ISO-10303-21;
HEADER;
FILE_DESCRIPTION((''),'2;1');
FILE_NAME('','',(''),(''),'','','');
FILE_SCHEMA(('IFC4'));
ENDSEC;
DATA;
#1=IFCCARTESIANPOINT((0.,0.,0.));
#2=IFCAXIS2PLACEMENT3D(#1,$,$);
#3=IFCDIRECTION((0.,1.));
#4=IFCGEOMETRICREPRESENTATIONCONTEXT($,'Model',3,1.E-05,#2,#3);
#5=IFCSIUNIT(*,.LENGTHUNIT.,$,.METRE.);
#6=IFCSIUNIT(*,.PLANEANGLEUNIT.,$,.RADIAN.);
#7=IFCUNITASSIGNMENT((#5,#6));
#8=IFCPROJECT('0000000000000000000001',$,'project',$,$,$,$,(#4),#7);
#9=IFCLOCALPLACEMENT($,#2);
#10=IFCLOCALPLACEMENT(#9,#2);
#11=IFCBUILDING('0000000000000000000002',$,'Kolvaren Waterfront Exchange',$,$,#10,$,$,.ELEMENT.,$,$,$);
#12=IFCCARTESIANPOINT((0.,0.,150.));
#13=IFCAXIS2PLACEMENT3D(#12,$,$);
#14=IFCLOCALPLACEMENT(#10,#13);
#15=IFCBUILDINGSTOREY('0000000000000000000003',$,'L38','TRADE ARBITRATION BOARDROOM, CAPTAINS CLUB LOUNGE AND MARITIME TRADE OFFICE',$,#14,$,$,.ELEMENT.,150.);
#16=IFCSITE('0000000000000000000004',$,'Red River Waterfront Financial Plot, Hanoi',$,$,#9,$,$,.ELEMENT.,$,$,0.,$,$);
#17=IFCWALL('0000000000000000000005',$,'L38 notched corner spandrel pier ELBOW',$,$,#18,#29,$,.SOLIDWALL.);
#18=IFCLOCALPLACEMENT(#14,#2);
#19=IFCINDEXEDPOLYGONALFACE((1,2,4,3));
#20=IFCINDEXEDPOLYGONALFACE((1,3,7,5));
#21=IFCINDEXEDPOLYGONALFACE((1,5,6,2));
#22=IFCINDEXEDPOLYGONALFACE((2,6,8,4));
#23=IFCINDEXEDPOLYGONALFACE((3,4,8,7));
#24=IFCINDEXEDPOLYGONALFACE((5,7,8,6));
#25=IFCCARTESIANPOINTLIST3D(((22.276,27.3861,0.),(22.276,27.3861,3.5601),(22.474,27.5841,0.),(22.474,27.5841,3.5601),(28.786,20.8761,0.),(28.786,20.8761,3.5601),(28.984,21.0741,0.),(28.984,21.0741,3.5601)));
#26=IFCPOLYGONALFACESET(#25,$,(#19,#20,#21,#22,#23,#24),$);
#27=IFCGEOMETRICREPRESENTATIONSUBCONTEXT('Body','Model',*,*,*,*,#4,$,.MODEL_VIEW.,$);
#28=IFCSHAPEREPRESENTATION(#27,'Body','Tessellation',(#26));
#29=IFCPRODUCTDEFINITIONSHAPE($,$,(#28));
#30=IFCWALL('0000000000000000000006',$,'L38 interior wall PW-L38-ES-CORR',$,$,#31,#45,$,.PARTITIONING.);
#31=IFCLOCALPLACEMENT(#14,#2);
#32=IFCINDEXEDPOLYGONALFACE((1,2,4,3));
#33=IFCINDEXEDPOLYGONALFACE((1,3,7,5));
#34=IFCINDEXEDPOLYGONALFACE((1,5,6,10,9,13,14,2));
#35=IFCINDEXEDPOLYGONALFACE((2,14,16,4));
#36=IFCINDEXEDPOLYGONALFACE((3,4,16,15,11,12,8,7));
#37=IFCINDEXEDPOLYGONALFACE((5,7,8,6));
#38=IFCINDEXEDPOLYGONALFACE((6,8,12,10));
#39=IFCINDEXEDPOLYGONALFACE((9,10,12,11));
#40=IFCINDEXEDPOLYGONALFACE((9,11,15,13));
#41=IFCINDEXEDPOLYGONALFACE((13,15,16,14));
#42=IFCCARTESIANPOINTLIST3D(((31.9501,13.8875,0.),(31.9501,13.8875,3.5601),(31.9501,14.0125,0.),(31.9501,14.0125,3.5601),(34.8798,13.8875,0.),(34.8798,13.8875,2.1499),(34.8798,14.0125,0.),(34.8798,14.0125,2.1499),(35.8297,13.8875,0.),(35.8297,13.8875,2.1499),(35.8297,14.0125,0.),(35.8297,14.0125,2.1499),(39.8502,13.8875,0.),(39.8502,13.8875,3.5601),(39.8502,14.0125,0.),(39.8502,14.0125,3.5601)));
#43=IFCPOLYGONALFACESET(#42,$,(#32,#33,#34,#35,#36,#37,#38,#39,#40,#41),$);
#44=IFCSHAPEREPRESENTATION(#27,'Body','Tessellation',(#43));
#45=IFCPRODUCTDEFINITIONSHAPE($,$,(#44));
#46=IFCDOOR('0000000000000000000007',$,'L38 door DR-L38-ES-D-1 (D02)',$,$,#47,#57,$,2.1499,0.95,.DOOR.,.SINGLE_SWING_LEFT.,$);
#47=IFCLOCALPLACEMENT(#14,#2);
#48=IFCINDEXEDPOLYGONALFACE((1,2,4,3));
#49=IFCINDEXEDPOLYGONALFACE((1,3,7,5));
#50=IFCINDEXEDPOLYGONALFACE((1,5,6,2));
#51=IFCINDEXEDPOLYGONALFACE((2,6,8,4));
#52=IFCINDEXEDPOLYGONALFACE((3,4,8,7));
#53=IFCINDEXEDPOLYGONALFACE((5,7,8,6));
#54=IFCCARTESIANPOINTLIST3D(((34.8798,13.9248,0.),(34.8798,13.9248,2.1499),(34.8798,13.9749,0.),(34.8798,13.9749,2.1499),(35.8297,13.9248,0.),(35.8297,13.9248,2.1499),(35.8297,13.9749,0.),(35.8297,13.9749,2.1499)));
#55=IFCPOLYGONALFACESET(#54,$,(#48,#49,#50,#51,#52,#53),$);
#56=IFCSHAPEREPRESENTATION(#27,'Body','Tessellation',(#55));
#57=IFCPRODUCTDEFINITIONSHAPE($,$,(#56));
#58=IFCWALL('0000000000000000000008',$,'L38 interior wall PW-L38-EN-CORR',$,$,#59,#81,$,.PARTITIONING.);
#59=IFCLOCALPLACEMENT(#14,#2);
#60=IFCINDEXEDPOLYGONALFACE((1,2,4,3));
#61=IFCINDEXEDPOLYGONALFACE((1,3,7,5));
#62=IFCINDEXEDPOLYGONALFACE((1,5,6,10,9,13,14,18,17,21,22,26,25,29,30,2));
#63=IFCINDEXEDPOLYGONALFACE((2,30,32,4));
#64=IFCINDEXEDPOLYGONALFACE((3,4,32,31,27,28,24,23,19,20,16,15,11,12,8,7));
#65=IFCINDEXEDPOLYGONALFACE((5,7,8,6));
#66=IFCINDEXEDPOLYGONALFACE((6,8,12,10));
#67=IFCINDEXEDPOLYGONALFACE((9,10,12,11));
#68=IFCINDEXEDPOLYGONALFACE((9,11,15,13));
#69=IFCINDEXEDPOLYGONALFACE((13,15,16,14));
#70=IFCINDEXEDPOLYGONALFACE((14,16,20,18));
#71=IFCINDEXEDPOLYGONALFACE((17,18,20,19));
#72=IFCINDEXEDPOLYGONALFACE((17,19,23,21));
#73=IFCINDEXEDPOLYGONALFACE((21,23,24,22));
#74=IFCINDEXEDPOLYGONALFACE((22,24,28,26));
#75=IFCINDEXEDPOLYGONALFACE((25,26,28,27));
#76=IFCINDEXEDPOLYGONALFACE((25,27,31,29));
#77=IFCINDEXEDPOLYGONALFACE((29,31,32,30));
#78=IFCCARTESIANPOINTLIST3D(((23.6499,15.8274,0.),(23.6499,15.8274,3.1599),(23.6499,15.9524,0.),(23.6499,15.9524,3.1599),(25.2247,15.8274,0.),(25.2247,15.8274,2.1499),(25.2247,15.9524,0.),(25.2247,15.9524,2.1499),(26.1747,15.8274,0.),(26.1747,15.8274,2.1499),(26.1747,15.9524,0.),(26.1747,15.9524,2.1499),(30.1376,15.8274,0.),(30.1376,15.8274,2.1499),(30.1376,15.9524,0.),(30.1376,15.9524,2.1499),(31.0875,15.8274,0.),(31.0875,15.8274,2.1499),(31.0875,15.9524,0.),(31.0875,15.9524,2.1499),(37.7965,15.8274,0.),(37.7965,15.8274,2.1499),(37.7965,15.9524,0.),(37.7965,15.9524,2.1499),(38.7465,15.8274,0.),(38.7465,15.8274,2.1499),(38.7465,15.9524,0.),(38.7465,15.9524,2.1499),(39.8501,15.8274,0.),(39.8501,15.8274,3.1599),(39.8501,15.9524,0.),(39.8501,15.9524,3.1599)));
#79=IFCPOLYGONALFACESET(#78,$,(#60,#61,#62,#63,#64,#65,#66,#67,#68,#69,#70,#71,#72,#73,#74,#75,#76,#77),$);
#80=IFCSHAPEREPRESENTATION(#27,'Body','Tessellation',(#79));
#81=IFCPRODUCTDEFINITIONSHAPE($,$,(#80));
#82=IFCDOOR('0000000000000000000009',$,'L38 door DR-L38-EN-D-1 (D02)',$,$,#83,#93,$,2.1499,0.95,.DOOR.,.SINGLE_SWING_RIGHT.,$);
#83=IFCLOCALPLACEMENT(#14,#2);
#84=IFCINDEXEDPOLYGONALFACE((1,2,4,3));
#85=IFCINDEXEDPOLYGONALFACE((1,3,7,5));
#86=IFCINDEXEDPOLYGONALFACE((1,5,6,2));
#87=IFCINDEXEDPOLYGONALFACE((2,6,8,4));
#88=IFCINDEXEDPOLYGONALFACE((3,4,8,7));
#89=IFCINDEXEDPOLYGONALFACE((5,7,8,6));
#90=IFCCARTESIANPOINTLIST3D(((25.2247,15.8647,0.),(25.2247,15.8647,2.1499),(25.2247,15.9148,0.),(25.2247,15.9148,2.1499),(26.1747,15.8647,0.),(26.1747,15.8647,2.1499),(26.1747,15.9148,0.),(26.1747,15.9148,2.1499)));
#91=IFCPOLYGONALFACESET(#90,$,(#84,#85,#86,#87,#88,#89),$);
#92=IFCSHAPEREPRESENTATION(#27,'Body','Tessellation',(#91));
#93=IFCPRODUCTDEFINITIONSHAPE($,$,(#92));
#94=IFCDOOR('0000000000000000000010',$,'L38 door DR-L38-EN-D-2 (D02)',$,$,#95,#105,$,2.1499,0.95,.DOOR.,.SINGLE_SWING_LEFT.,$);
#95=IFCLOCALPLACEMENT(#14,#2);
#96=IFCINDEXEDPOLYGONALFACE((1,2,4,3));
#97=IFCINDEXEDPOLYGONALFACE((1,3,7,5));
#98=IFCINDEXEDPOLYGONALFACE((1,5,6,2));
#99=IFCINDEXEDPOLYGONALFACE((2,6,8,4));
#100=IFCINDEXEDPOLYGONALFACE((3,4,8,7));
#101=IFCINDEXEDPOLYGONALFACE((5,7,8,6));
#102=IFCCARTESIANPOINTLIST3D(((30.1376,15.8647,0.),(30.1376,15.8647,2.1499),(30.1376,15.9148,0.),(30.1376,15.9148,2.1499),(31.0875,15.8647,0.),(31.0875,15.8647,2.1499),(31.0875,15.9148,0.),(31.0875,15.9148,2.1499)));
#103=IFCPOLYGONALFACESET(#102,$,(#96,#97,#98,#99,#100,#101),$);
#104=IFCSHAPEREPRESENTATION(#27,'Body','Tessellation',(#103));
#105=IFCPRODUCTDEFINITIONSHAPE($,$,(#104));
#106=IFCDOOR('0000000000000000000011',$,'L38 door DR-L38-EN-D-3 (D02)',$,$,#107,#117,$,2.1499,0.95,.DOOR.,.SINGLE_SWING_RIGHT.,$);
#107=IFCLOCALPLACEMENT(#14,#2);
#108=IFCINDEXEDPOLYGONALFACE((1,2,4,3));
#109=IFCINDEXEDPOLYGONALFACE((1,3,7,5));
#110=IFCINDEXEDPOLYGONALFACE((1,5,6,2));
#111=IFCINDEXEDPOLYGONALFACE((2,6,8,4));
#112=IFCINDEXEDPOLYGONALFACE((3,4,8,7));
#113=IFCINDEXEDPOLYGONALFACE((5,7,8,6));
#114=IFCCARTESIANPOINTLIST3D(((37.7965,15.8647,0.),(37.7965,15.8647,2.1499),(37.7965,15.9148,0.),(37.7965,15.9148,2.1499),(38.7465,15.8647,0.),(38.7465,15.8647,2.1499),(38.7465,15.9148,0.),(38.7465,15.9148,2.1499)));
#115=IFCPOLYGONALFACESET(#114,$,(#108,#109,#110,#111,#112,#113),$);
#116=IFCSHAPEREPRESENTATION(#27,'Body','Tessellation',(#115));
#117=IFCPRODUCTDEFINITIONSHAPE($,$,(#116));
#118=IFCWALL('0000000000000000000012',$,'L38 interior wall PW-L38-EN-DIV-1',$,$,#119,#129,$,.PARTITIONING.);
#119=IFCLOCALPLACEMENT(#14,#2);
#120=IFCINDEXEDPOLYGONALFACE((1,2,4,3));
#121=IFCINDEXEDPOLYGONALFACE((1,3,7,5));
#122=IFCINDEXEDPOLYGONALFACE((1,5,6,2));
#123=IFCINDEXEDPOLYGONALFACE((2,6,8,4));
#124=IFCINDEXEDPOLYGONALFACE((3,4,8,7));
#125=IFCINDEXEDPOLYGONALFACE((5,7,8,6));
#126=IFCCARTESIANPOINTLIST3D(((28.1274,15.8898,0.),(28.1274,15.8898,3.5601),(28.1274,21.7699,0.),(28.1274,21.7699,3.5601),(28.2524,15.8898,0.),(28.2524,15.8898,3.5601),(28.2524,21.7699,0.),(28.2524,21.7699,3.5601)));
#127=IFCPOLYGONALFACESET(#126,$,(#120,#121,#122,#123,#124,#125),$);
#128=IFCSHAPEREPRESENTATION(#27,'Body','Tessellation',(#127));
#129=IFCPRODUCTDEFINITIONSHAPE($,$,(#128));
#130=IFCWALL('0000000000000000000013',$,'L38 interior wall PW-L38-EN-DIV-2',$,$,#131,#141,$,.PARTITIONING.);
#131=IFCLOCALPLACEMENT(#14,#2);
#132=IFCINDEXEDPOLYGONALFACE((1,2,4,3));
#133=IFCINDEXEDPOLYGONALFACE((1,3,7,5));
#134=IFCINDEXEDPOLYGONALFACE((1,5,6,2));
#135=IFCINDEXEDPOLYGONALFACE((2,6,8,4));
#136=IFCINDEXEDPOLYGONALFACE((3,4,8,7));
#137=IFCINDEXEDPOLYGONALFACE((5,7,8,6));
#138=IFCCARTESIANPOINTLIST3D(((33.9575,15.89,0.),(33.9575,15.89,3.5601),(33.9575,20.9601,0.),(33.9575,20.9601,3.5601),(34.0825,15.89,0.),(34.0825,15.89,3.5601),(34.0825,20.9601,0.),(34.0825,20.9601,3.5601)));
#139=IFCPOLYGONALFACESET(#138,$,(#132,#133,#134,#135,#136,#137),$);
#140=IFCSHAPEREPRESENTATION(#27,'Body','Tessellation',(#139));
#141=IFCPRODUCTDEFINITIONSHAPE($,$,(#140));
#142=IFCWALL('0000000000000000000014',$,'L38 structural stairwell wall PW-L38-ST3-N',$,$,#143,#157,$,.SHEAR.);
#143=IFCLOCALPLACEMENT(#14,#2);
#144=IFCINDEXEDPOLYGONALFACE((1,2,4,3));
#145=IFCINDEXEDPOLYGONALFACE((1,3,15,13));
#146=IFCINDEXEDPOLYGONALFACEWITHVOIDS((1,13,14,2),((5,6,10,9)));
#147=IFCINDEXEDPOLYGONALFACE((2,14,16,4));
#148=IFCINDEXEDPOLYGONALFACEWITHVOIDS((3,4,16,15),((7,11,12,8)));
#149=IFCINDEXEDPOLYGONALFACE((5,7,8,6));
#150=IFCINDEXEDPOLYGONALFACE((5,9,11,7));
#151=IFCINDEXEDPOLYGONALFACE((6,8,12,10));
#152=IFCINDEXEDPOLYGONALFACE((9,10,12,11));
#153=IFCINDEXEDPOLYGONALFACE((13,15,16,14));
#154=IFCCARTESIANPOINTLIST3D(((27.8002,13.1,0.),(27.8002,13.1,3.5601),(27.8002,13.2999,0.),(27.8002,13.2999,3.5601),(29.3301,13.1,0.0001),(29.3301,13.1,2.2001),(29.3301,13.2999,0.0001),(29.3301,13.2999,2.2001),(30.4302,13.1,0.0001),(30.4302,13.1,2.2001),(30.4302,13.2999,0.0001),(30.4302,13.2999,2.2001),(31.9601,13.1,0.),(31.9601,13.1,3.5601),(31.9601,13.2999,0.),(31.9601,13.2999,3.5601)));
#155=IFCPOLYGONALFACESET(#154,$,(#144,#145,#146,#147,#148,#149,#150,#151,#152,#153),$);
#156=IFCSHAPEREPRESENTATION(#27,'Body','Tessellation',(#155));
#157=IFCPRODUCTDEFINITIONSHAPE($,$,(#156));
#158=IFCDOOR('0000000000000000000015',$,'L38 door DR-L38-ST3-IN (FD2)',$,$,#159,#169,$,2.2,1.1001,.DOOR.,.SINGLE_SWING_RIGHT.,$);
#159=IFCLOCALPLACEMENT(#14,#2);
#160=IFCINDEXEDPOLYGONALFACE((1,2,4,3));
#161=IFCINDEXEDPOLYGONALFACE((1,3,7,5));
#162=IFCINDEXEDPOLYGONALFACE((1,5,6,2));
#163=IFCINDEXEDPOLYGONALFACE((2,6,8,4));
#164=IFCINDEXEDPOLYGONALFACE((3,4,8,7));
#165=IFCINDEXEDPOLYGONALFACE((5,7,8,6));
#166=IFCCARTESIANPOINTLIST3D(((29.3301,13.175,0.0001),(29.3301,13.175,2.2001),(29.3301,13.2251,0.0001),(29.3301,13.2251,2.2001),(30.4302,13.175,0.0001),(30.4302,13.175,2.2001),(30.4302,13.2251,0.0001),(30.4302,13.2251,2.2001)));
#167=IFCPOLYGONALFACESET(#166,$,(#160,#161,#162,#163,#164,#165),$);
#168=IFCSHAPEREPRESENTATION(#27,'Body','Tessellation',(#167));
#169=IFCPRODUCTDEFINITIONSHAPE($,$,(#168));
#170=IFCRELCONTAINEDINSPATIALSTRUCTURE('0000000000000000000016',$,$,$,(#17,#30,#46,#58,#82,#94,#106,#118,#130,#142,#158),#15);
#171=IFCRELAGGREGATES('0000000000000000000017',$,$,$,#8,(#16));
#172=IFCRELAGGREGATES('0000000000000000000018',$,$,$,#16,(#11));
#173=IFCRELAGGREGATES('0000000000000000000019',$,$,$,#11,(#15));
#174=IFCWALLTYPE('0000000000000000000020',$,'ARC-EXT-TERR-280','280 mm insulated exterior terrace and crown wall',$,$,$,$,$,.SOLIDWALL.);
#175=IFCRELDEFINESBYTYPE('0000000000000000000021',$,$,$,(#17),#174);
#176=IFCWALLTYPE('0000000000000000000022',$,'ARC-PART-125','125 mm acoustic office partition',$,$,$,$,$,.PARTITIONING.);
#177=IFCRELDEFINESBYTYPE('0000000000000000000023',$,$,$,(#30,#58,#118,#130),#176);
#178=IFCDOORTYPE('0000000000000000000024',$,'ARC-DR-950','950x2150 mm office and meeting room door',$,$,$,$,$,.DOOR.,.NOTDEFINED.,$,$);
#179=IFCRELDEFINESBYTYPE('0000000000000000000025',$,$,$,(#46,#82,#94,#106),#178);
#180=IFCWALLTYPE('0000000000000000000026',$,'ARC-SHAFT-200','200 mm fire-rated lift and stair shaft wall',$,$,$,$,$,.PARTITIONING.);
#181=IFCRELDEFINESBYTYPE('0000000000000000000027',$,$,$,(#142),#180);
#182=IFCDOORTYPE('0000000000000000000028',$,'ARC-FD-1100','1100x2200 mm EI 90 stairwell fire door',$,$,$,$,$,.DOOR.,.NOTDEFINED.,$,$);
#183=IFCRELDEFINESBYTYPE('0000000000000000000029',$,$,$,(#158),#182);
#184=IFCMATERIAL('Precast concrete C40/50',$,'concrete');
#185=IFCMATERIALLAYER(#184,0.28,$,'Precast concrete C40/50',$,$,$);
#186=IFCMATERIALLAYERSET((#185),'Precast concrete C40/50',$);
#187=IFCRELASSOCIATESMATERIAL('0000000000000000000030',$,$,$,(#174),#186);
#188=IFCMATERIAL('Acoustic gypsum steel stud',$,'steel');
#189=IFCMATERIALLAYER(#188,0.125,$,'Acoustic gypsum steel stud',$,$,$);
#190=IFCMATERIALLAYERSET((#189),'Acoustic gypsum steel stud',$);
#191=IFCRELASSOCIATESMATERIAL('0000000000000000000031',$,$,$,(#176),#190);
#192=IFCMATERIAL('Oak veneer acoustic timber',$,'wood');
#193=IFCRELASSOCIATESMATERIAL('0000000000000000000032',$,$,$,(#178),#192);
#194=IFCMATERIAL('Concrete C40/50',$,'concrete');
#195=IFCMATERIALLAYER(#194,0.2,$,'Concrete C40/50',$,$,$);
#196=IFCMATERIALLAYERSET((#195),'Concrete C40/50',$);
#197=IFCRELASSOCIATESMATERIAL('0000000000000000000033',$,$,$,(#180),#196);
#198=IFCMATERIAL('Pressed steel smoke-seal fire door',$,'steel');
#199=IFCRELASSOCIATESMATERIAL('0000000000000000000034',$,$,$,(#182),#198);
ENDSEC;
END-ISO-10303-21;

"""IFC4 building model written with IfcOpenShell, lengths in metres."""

from ifc_helpers import new_model, si_unit, direction, frame, frame_2d, origin, place, context, subcontext, project, spatial, rectangle, extrude, material, layer, layer_set, type_object, element, fill, save


model = new_model("IFC4")

# Units and contexts
model_context = context("Model", 3, precision=1e-05, world=origin(), true_north=direction((0.0, 1.0)))
body_context = subcontext(model_context, "Body", "Model", "MODEL_VIEW")
ifc_project = project(units=[si_unit("LENGTHUNIT", "METRE"), si_unit("PLANEANGLEUNIT", "RADIAN")], contexts=[model_context])

# Site, building, storey
site_placement = place(None, origin())
site = spatial("IfcSite", under=ifc_project, at=site_placement, Name="Red River Waterfront Financial Plot, Hanoi", CompositionType="ELEMENT", RefElevation=0.0)
building_placement = place(site_placement, origin())
building = spatial("IfcBuilding", under=site, at=building_placement, Name="Kolvaren Waterfront Exchange", CompositionType="ELEMENT")
storey_placement = place(building_placement, frame((0.0, 0.0, 150.0)))
storey = spatial("IfcBuildingStorey", under=building, at=storey_placement, Name="L38", Description="TRADE ARBITRATION BOARDROOM, CAPTAINS CLUB LOUNGE AND MARITIME TRADE OFFICE", CompositionType="ELEMENT", Elevation=150.0)

# Wall
ifc_material_1 = material(Name="Precast concrete C40/50", Category="concrete")
ifc_layer_1 = layer(ifc_material_1, 0.28, Name="Precast concrete C40/50")
ifc_layer_set_1 = layer_set([ifc_layer_1], Name="Precast concrete C40/50")
wall_type_1 = type_object("IfcWallType", Name="ARC-EXT-TERR-280", Description="280 mm insulated exterior terrace and crown wall", PredefinedType="SOLIDWALL", material=ifc_layer_set_1)
wall_1_placement = place(storey_placement, frame((28.885, 20.9751, 0.0), z_axis=(0.0, 0.0, 1.0), x_axis=(-0.707107, 0.707107, 0.0)))
element("IfcWall", 1, at=wall_1_placement, inside=storey, type_object=wall_type_1, Name="L38 notched corner spandrel pier ELBOW", PredefinedType="SOLIDWALL", context=body_context, shape_type="SweptSolid", body=[
    extrude(rectangle(XDim=9.2065, YDim=0.28, at=frame_2d((4.6033, 0.0))), origin(), (0.0, 0.0, 1.0), 3.5601),
])

# Wall, opening, door
ifc_material_2 = material(Name="Acoustic gypsum steel stud", Category="steel")
ifc_layer_2 = layer(ifc_material_2, 0.125, Name="Acoustic gypsum steel stud")
ifc_layer_set_2 = layer_set([ifc_layer_2], Name="Acoustic gypsum steel stud")
wall_type_2 = type_object("IfcWallType", Name="ARC-PART-125", Description="125 mm acoustic office partition", PredefinedType="PARTITIONING", material=ifc_layer_set_2)
wall_2_placement = place(storey_placement, frame((31.95, 13.95, 0.0), z_axis=(0.0, 0.0, 1.0), x_axis=(1.0, 0.0, 0.0)))
wall_2 = element("IfcWall", 2, at=wall_2_placement, inside=storey, type_object=wall_type_2, Name="L38 interior wall PW-L38-ES-CORR", PredefinedType="PARTITIONING", context=body_context, shape_type="SweptSolid", body=[
    extrude(rectangle(XDim=7.9001, YDim=0.125, at=frame_2d((3.9502, 0.0))), origin(), (0.0, 0.0, 1.0), 3.5601),
])
opening_1_placement = place(wall_2_placement, frame((2.9297, 0.0, 0.0)))
opening_1 = element("IfcOpeningElement", 3, at=opening_1_placement, cuts=wall_2, PredefinedType="OPENING", context=body_context, shape_type="SweptSolid", body=[
    extrude(rectangle(XDim=0.95, YDim=2.1499, at=frame_2d((0.4751, 1.075))), frame((0.0, 0.0725, 0.0), z_axis=(0.0, -1.0, 0.0), x_axis=(1.0, 0.0, 0.0)), (0.0, 0.0, 1.0), 0.145),
])
ifc_material_3 = material(Name="Oak veneer acoustic timber", Category="wood")
door_type_1 = type_object("IfcDoorType", Name="ARC-DR-950", Description="950x2150 mm office and meeting room door", OperationType="NOTDEFINED", PredefinedType="DOOR", material=ifc_material_3)
door_1_placement = place(opening_1_placement, origin())
door_1 = element("IfcDoor", 4, at=door_1_placement, inside=storey, type_object=door_type_1, Name="L38 door DR-L38-ES-D-1 (D02)", OperationType="SINGLE_SWING_LEFT", OverallHeight=2.1499, OverallWidth=0.95, PredefinedType="DOOR", context=body_context, shape_type="SweptSolid", body=[
    extrude(rectangle(XDim=0.95, YDim=2.1499, at=frame_2d((0.4751, 1.075))), frame((0.0, 0.0249, 0.0), z_axis=(0.0, -1.0, 0.0), x_axis=(1.0, 0.0, 0.0)), (0.0, 0.0, 1.0), 0.05),
])
fill(opening_1, door_1)

# Wall, openings, doors
wall_3_placement = place(storey_placement, frame((23.6499, 15.8899, 0.0), z_axis=(0.0, 0.0, 1.0), x_axis=(1.0, 0.0, 0.0)))
wall_3 = element("IfcWall", 5, at=wall_3_placement, inside=storey, type_object=wall_type_2, Name="L38 interior wall PW-L38-EN-CORR", PredefinedType="PARTITIONING", context=body_context, shape_type="SweptSolid", body=[
    extrude(rectangle(XDim=16.2002, YDim=0.125, at=frame_2d((8.1001, 0.0))), origin(), (0.0, 0.0, 1.0), 3.1599),
])
opening_2_placement = place(wall_3_placement, frame((1.5747, 0.0, 0.0)))
opening_2 = element("IfcOpeningElement", 6, at=opening_2_placement, cuts=wall_3, PredefinedType="OPENING", context=body_context, shape_type="SweptSolid", body=[
    extrude(rectangle(XDim=0.95, YDim=2.1499, at=frame_2d((0.4751, 1.075))), frame((0.0, 0.0725, 0.0), z_axis=(0.0, -1.0, 0.0), x_axis=(1.0, 0.0, 0.0)), (0.0, 0.0, 1.0), 0.145),
])
opening_3_placement = place(wall_3_placement, frame((6.4875, 0.0, 0.0)))
opening_3 = element("IfcOpeningElement", 7, at=opening_3_placement, cuts=wall_3, PredefinedType="OPENING", context=body_context, shape_type="SweptSolid", body=[
    extrude(rectangle(XDim=0.95, YDim=2.1499, at=frame_2d((0.4751, 1.075))), frame((0.0, 0.0725, 0.0), z_axis=(0.0, -1.0, 0.0), x_axis=(1.0, 0.0, 0.0)), (0.0, 0.0, 1.0), 0.145),
])
opening_4_placement = place(wall_3_placement, frame((14.1465, 0.0, 0.0)))
opening_4 = element("IfcOpeningElement", 8, at=opening_4_placement, cuts=wall_3, PredefinedType="OPENING", context=body_context, shape_type="SweptSolid", body=[
    extrude(rectangle(XDim=0.95, YDim=2.1499, at=frame_2d((0.4751, 1.075))), frame((0.0, 0.0725, 0.0), z_axis=(0.0, -1.0, 0.0), x_axis=(1.0, 0.0, 0.0)), (0.0, 0.0, 1.0), 0.145),
])
door_2_placement = place(opening_2_placement, origin())
door_2 = element("IfcDoor", 9, at=door_2_placement, inside=storey, type_object=door_type_1, Name="L38 door DR-L38-EN-D-1 (D02)", OperationType="SINGLE_SWING_RIGHT", OverallHeight=2.1499, OverallWidth=0.95, PredefinedType="DOOR", context=body_context, shape_type="SweptSolid", body=[
    extrude(rectangle(XDim=0.95, YDim=2.1499, at=frame_2d((0.4751, 1.075))), frame((0.0, 0.0249, 0.0), z_axis=(0.0, -1.0, 0.0), x_axis=(1.0, 0.0, 0.0)), (0.0, 0.0, 1.0), 0.05),
])
fill(opening_2, door_2)
door_3_placement = place(opening_3_placement, origin())
door_3 = element("IfcDoor", 10, at=door_3_placement, inside=storey, type_object=door_type_1, Name="L38 door DR-L38-EN-D-2 (D02)", OperationType="SINGLE_SWING_LEFT", OverallHeight=2.1499, OverallWidth=0.95, PredefinedType="DOOR", context=body_context, shape_type="SweptSolid", body=[
    extrude(rectangle(XDim=0.95, YDim=2.1499, at=frame_2d((0.4751, 1.075))), frame((0.0, 0.0249, 0.0), z_axis=(0.0, -1.0, 0.0), x_axis=(1.0, 0.0, 0.0)), (0.0, 0.0, 1.0), 0.05),
])
fill(opening_3, door_3)
door_4_placement = place(opening_4_placement, origin())
door_4 = element("IfcDoor", 11, at=door_4_placement, inside=storey, type_object=door_type_1, Name="L38 door DR-L38-EN-D-3 (D02)", OperationType="SINGLE_SWING_RIGHT", OverallHeight=2.1499, OverallWidth=0.95, PredefinedType="DOOR", context=body_context, shape_type="SweptSolid", body=[
    extrude(rectangle(XDim=0.95, YDim=2.1499, at=frame_2d((0.4751, 1.075))), frame((0.0, 0.0249, 0.0), z_axis=(0.0, -1.0, 0.0), x_axis=(1.0, 0.0, 0.0)), (0.0, 0.0, 1.0), 0.05),
])
fill(opening_4, door_4)

# Walls
wall_4_placement = place(storey_placement, frame((28.1899, 15.8899, 0.0), z_axis=(0.0, 0.0, 1.0), x_axis=(0.0, 1.0, 0.0)))
element("IfcWall", 12, at=wall_4_placement, inside=storey, type_object=wall_type_2, Name="L38 interior wall PW-L38-EN-DIV-1", PredefinedType="PARTITIONING", context=body_context, shape_type="SweptSolid", body=[
    extrude(rectangle(XDim=5.8801, YDim=0.125, at=frame_2d((2.9399, 0.0))), origin(), (0.0, 0.0, 1.0), 3.5601),
])
wall_5_placement = place(storey_placement, frame((34.02, 15.8899, 0.0), z_axis=(0.0, 0.0, 1.0), x_axis=(0.0, 1.0, 0.0)))
element("IfcWall", 13, at=wall_5_placement, inside=storey, type_object=wall_type_2, Name="L38 interior wall PW-L38-EN-DIV-2", PredefinedType="PARTITIONING", context=body_context, shape_type="SweptSolid", body=[
    extrude(rectangle(XDim=5.0701, YDim=0.125, at=frame_2d((2.5352, 0.0))), origin(), (0.0, 0.0, 1.0), 3.5601),
])

# Wall, opening, door
ifc_material_4 = material(Name="Concrete C40/50", Category="concrete")
ifc_layer_3 = layer(ifc_material_4, 0.2, Name="Concrete C40/50")
ifc_layer_set_3 = layer_set([ifc_layer_3], Name="Concrete C40/50")
wall_type_3 = type_object("IfcWallType", Name="ARC-SHAFT-200", Description="200 mm fire-rated lift and stair shaft wall", PredefinedType="PARTITIONING", material=ifc_layer_set_3)
wall_6_placement = place(storey_placement, frame((27.8, 13.2, 0.0), z_axis=(0.0, 0.0, 1.0), x_axis=(1.0, 0.0, 0.0)))
wall_6 = element("IfcWall", 14, at=wall_6_placement, inside=storey, type_object=wall_type_3, Name="L38 structural stairwell wall PW-L38-ST3-N", PredefinedType="SHEAR", context=body_context, shape_type="SweptSolid", body=[
    extrude(rectangle(XDim=4.1599, YDim=0.2, at=frame_2d((2.0801, 0.0))), origin(), (0.0, 0.0, 1.0), 3.5601),
])
opening_5_placement = place(wall_6_placement, frame((1.53, 0.0, 0.0)))
opening_5 = element("IfcOpeningElement", 15, at=opening_5_placement, cuts=wall_6, PredefinedType="OPENING", context=body_context, shape_type="SweptSolid", body=[
    extrude(rectangle(XDim=1.1001, YDim=2.2, at=frame_2d((0.55, 1.1001))), frame((0.0, 0.1099, 0.0), z_axis=(0.0, -1.0, 0.0), x_axis=(1.0, 0.0, 0.0)), (0.0, 0.0, 1.0), 0.22),
])
ifc_material_5 = material(Name="Pressed steel smoke-seal fire door", Category="steel")
door_type_2 = type_object("IfcDoorType", Name="ARC-FD-1100", Description="1100x2200 mm EI 90 stairwell fire door", OperationType="NOTDEFINED", PredefinedType="DOOR", material=ifc_material_5)
door_5_placement = place(opening_5_placement, frame((1.1001, 0.0, 0.0), z_axis=(0.0, 0.0, 1.0), x_axis=(-1.0, 0.0, 0.0)))
door_5 = element("IfcDoor", 16, at=door_5_placement, inside=storey, type_object=door_type_2, Name="L38 door DR-L38-ST3-IN (FD2)", OperationType="SINGLE_SWING_RIGHT", OverallHeight=2.2, OverallWidth=1.1001, PredefinedType="DOOR", context=body_context, shape_type="SweptSolid", body=[
    extrude(rectangle(XDim=1.1001, YDim=2.2, at=frame_2d((0.55, 1.1001))), frame((0.0, 0.0249, 0.0), z_axis=(0.0, -1.0, 0.0), x_axis=(1.0, 0.0, 0.0)), (0.0, 0.0, 1.0), 0.05),
])
fill(opening_5, door_5)

save(model, "model.ifc")
